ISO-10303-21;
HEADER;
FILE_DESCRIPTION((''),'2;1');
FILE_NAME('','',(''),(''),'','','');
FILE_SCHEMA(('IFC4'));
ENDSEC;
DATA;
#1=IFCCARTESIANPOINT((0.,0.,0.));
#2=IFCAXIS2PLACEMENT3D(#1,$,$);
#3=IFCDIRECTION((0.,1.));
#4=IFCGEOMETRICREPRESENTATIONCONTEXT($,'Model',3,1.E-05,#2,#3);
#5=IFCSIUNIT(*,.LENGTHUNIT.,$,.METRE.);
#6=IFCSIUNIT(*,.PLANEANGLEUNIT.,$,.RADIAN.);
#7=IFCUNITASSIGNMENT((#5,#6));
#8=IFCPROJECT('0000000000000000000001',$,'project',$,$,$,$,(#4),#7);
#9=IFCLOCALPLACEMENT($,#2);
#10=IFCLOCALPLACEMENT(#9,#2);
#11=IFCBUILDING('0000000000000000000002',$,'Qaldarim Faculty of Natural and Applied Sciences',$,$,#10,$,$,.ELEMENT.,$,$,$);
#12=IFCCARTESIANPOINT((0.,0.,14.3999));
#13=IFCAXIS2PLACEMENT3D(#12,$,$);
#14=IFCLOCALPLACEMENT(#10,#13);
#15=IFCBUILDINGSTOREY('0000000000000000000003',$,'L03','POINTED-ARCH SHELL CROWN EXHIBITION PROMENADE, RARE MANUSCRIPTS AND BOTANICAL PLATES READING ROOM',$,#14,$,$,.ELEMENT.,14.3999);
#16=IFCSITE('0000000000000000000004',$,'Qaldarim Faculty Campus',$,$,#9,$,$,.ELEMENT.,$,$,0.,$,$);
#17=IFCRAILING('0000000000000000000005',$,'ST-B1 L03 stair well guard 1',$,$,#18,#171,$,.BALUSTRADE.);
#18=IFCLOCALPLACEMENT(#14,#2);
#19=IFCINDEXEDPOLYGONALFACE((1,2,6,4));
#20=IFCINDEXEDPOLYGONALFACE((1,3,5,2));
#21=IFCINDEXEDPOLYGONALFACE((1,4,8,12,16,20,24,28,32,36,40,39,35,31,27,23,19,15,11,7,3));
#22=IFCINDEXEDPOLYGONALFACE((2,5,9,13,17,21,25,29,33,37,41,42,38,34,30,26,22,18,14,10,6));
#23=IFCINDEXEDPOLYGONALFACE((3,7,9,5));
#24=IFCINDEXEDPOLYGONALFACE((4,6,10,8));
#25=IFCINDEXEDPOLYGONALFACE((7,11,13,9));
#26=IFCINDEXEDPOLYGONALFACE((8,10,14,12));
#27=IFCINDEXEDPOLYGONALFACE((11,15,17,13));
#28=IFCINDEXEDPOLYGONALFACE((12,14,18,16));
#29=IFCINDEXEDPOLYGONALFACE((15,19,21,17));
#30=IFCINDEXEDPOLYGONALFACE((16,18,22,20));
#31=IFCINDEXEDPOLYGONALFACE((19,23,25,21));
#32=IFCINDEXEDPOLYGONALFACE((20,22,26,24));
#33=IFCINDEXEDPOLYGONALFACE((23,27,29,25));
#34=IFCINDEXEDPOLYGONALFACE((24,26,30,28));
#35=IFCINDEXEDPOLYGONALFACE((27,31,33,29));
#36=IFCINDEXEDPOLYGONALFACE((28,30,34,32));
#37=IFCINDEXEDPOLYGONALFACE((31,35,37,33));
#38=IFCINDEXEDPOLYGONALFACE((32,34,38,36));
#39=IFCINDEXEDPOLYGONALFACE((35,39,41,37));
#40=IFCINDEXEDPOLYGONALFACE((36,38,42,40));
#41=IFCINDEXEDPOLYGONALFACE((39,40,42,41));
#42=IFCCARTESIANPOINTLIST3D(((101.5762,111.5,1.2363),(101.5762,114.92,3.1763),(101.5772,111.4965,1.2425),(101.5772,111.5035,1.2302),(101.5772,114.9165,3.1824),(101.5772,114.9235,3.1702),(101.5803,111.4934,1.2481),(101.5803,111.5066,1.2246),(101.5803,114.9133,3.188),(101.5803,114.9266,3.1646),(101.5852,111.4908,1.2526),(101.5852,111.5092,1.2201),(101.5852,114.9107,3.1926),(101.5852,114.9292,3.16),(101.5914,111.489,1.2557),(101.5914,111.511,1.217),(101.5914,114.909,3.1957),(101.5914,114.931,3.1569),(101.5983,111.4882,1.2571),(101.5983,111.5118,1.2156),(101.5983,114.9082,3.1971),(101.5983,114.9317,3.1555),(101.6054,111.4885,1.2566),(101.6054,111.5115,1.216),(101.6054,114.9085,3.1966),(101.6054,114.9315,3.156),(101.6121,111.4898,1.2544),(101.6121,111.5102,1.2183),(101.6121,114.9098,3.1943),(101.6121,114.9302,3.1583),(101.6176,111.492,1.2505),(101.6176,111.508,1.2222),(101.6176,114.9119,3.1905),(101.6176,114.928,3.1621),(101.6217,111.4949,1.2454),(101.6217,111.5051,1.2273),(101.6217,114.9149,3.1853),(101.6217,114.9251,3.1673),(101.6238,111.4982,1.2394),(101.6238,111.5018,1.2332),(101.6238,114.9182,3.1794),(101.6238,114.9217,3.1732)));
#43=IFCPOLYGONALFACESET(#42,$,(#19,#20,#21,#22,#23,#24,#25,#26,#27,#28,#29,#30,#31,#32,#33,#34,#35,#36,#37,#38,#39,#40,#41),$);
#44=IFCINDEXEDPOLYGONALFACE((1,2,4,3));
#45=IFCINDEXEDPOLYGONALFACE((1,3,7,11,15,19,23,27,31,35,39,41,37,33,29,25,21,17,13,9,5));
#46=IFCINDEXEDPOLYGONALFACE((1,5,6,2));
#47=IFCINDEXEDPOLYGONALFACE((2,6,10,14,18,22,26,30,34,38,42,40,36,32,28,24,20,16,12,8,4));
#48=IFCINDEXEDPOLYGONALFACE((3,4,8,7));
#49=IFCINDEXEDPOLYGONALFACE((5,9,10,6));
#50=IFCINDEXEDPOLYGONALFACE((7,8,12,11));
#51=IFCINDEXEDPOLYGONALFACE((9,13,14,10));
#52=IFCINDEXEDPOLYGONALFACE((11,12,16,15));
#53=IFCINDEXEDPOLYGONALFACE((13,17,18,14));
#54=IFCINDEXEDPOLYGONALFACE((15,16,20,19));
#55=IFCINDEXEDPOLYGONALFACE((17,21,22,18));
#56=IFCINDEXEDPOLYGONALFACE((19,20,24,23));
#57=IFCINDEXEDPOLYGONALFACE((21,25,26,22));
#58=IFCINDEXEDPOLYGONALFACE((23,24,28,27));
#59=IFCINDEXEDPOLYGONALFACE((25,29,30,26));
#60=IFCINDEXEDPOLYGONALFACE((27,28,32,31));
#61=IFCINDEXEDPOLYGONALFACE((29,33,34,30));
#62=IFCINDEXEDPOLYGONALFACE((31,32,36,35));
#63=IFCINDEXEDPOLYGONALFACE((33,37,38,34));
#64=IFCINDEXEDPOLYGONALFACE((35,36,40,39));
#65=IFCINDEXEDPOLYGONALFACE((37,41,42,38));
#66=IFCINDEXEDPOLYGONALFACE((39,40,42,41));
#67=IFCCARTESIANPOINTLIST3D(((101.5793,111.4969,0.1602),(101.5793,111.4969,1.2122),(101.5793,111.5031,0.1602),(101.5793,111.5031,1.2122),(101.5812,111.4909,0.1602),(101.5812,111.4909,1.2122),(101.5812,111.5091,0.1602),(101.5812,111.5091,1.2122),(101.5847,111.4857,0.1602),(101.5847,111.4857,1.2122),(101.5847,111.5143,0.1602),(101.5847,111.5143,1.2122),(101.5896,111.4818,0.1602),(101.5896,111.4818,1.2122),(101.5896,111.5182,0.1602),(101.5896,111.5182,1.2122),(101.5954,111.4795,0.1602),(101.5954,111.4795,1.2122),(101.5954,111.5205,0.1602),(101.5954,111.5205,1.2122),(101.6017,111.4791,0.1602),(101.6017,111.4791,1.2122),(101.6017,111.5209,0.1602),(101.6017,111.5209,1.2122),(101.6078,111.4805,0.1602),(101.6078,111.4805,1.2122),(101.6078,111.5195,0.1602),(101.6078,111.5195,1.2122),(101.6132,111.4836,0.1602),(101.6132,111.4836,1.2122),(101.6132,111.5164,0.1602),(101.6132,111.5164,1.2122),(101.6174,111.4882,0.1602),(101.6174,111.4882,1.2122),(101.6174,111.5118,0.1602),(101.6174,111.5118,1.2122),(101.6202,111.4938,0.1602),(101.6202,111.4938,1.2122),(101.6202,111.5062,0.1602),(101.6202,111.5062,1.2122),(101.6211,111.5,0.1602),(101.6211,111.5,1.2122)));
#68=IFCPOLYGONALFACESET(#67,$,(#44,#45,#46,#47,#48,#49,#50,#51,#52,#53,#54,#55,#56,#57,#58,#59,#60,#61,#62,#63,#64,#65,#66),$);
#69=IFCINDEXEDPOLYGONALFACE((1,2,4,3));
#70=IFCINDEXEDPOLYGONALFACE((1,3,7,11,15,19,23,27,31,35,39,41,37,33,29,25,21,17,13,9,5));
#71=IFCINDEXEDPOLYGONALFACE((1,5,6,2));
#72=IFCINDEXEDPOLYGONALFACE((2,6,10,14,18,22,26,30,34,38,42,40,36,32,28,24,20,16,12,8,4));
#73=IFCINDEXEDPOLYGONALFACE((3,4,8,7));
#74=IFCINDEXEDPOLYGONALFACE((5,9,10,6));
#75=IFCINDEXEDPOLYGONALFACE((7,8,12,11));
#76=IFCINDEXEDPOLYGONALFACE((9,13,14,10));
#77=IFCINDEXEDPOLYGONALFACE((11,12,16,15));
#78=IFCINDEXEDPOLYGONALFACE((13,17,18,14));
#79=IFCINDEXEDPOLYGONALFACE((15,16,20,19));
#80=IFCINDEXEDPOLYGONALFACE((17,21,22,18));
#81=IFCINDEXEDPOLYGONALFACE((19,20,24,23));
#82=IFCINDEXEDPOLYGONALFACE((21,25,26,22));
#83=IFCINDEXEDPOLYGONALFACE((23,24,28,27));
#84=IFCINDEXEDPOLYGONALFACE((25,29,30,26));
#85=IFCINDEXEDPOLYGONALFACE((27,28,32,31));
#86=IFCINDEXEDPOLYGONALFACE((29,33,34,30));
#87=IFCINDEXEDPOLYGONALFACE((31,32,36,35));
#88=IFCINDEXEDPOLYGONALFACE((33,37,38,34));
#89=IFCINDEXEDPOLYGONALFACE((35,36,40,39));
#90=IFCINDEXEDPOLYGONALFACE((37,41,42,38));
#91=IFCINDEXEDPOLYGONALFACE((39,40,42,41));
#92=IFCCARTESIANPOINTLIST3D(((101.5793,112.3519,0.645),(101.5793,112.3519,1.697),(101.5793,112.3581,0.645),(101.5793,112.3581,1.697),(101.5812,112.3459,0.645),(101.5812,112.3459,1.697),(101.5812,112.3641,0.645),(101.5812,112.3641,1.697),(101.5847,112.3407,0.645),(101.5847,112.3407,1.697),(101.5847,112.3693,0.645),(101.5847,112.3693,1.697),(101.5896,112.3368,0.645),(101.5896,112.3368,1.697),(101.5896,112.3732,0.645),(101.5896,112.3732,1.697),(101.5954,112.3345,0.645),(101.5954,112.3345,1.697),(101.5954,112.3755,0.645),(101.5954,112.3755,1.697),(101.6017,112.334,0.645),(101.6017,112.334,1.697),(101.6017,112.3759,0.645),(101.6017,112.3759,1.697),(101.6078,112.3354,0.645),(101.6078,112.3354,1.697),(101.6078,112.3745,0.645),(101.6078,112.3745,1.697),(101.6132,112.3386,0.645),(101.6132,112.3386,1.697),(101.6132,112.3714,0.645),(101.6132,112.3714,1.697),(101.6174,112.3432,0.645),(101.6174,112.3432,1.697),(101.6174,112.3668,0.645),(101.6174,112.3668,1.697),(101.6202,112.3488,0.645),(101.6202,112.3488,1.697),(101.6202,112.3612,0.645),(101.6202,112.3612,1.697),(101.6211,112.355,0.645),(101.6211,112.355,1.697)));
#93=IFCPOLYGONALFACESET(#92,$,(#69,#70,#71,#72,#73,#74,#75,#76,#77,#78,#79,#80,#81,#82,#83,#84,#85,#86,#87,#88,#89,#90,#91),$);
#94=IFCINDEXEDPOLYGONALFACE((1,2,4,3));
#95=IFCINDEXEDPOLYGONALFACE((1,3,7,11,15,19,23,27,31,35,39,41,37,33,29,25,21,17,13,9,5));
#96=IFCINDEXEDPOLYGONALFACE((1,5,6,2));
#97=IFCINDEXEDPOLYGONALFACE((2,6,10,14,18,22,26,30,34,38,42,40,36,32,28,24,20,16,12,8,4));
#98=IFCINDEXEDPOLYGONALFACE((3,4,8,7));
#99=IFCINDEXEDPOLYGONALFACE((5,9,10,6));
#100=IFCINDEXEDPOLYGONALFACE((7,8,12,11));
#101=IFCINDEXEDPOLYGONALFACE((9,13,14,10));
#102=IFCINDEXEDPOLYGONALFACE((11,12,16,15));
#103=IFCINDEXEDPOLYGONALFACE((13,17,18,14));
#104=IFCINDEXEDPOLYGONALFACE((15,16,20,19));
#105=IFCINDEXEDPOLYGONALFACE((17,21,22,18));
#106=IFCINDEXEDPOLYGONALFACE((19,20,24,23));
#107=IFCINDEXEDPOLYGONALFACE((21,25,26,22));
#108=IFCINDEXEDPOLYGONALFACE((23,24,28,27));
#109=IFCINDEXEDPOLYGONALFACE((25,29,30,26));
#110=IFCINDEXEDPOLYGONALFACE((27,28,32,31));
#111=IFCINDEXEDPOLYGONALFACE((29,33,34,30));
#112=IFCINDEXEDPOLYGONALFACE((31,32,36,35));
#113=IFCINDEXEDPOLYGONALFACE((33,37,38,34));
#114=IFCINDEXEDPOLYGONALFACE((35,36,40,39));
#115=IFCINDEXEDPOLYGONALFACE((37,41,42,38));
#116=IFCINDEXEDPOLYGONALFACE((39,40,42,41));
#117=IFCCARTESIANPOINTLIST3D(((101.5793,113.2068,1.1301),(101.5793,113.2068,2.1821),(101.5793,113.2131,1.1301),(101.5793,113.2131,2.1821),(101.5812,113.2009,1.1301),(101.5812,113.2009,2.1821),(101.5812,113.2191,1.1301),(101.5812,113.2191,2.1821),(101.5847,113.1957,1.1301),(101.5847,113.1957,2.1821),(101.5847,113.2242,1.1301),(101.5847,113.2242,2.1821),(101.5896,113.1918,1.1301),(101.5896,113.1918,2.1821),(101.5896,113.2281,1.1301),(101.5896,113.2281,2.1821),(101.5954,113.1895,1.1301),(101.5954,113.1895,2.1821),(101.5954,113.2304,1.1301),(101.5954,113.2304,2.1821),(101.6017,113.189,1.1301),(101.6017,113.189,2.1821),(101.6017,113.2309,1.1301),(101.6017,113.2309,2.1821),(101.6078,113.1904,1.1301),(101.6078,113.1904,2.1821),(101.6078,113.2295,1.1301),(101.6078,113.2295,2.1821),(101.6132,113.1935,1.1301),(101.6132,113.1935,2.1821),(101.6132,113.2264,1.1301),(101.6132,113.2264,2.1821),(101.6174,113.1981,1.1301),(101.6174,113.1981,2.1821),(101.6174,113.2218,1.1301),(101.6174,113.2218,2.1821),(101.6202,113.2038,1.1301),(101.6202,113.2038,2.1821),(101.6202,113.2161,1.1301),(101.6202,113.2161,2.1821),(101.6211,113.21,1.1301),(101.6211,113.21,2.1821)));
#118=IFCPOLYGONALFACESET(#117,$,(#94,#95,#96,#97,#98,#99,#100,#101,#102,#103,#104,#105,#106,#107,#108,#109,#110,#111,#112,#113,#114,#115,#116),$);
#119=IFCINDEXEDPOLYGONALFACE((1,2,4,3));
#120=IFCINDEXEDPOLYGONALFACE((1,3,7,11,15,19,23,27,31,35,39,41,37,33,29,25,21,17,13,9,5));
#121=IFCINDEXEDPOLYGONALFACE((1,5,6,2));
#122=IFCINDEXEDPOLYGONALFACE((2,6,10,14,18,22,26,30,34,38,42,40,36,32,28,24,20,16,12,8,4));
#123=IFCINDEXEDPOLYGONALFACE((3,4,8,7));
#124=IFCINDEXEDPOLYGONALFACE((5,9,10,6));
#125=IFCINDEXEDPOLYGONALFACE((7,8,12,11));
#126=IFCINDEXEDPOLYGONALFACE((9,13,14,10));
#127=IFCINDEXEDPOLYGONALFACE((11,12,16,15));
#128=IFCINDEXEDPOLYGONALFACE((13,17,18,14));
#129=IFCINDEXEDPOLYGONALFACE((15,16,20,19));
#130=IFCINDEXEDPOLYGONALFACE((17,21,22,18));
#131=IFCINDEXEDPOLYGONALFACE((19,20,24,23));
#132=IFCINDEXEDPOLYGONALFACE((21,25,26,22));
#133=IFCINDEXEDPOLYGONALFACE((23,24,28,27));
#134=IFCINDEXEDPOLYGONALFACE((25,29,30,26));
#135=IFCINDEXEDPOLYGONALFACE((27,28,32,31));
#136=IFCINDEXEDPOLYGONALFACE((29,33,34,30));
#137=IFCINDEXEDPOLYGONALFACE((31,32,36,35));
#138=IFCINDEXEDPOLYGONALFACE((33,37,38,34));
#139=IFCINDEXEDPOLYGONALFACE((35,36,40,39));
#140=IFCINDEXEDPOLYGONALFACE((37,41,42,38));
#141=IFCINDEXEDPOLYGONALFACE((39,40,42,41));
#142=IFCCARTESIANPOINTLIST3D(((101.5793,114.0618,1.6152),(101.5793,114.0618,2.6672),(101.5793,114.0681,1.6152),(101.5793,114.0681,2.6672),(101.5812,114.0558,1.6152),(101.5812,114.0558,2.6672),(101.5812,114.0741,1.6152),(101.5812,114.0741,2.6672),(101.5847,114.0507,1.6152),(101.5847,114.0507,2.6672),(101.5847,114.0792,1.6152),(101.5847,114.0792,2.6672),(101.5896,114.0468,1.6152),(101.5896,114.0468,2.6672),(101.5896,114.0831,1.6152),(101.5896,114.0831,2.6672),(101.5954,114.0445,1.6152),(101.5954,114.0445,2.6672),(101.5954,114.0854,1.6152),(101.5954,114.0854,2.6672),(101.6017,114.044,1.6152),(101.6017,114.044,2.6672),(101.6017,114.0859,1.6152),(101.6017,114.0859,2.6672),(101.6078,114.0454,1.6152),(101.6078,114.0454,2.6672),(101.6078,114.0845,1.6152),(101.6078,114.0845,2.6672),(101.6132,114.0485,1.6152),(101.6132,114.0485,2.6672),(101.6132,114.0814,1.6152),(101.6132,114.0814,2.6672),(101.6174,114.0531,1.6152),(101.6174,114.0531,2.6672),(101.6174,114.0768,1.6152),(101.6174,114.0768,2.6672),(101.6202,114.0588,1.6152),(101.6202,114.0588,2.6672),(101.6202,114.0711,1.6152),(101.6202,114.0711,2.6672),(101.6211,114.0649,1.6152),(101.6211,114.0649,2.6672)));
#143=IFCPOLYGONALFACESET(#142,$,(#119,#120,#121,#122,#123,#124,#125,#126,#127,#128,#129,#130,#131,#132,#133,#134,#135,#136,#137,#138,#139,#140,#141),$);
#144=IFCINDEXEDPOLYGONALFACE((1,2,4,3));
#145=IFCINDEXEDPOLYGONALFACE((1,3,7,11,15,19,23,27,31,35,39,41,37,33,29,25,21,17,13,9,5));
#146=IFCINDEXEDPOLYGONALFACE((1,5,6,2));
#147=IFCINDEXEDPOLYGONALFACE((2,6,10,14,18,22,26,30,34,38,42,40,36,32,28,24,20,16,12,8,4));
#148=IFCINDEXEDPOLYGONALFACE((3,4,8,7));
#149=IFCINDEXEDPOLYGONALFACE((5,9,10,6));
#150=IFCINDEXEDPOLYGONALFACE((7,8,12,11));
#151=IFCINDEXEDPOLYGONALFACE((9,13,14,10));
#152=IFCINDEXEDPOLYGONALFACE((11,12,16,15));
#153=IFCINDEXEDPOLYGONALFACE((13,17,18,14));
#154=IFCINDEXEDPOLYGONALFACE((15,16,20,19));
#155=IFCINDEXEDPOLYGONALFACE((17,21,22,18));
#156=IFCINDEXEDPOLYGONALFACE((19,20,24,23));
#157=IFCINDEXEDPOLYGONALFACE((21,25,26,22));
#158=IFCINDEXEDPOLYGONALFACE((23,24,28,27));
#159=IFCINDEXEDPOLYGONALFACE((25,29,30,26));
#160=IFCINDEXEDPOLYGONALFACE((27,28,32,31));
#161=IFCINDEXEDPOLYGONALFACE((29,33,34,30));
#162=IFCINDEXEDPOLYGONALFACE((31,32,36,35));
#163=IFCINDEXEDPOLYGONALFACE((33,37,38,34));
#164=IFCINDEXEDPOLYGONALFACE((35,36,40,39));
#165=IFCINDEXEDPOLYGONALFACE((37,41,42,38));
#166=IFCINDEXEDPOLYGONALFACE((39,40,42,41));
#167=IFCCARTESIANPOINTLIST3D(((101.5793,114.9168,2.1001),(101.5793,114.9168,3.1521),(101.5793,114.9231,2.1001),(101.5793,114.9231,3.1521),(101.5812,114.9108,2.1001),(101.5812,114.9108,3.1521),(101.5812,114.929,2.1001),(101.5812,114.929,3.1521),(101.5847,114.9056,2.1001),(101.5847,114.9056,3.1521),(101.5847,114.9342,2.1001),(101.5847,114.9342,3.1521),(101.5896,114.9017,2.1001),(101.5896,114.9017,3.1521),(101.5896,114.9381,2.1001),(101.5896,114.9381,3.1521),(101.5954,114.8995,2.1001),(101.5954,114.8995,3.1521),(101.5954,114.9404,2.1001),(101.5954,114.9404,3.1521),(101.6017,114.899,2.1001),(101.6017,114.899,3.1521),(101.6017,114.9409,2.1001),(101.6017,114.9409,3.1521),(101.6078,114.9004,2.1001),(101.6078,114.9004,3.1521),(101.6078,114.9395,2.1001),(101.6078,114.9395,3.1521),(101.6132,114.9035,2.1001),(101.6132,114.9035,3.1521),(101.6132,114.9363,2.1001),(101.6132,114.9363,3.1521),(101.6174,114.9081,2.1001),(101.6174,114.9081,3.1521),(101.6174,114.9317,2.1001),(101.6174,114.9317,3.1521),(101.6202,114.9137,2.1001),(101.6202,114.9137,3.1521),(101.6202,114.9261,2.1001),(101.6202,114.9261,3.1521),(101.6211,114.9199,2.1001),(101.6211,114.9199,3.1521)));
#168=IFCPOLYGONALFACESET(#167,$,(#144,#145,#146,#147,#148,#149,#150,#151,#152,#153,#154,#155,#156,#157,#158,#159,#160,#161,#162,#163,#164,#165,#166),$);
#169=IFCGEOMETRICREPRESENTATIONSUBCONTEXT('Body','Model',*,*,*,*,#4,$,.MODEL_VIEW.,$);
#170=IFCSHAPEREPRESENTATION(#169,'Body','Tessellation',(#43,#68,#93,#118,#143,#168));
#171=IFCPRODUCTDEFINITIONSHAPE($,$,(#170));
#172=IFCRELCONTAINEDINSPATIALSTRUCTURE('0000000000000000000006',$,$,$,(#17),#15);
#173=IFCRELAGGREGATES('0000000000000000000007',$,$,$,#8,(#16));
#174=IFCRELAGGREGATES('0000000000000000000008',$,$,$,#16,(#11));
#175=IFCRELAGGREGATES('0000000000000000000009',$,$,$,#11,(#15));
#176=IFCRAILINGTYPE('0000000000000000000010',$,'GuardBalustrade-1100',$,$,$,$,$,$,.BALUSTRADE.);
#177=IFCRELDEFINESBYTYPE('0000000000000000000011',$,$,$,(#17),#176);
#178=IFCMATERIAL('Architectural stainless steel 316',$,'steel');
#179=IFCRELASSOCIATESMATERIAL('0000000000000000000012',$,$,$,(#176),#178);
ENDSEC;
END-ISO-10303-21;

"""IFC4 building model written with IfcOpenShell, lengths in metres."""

from ifc_helpers import new_model, si_unit, direction, frame, origin, origin_2d, place, context, subcontext, project, spatial, circle, extrude, material, type_object, element, save


model = new_model("IFC4")

# Units and contexts
model_context = context("Model", 3, precision=1e-05, world=origin(), true_north=direction((0.0, 1.0)))
body_context = subcontext(model_context, "Body", "Model", "MODEL_VIEW")
ifc_project = project(units=[si_unit("LENGTHUNIT", "METRE"), si_unit("PLANEANGLEUNIT", "RADIAN")], contexts=[model_context])

# Site, building, storey
site_placement = place(None, origin())
site = spatial("IfcSite", under=ifc_project, at=site_placement, Name="Qaldarim Faculty Campus", CompositionType="ELEMENT", RefElevation=0.0)
building_placement = place(site_placement, origin())
building = spatial("IfcBuilding", under=site, at=building_placement, Name="Qaldarim Faculty of Natural and Applied Sciences", CompositionType="ELEMENT")
storey_placement = place(building_placement, frame((0.0, 0.0, 14.3999)))
storey = spatial("IfcBuildingStorey", under=building, at=storey_placement, Name="L03", Description="POINTED-ARCH SHELL CROWN EXHIBITION PROMENADE, RARE MANUSCRIPTS AND BOTANICAL PLATES READING ROOM", CompositionType="ELEMENT", Elevation=14.3999)

# Shared definitions
ifc_material_1 = material(Name="Architectural stainless steel 316", Category="steel")

# Railing
railing_type_1 = type_object("IfcRailingType", Name="GuardBalustrade-1100", PredefinedType="BALUSTRADE", material=ifc_material_1)
railing_1_placement = place(storey_placement, frame((101.6001, 111.5, 0.1602)))
element("IfcRailing", 1, at=railing_1_placement, inside=storey, type_object=railing_type_1, Name="ST-B1 L03 stair well guard 1", PredefinedType="BALUSTRADE", context=body_context, shape_type="SweptSolid", body=[
    extrude(circle(Radius=0.0239, at=origin_2d()), frame((0.0, 0.0, 1.0762), z_axis=(0.0, 0.869805, 0.493395), x_axis=(-1.0, 0.0, 0.0)), (0.0, 0.0, 1.0), 3.9319),
    extrude(circle(Radius=0.021, at=origin_2d()), origin(), (0.0, 0.0, 1.0), 1.052),
    extrude(circle(Radius=0.021, at=origin_2d()), frame((0.0, 0.855, 0.4849)), (0.0, 0.0, 1.0), 1.052),
    extrude(circle(Radius=0.021, at=origin_2d()), frame((0.0, 1.71, 0.97)), (0.0, 0.0, 1.0), 1.052),
    extrude(circle(Radius=0.021, at=origin_2d()), frame((0.0, 2.5649, 1.4551)), (0.0, 0.0, 1.0), 1.052),
    extrude(circle(Radius=0.021, at=origin_2d()), frame((0.0, 3.4199, 1.9399)), (0.0, 0.0, 1.0), 1.052),
])

save(model, "model.ifc")
